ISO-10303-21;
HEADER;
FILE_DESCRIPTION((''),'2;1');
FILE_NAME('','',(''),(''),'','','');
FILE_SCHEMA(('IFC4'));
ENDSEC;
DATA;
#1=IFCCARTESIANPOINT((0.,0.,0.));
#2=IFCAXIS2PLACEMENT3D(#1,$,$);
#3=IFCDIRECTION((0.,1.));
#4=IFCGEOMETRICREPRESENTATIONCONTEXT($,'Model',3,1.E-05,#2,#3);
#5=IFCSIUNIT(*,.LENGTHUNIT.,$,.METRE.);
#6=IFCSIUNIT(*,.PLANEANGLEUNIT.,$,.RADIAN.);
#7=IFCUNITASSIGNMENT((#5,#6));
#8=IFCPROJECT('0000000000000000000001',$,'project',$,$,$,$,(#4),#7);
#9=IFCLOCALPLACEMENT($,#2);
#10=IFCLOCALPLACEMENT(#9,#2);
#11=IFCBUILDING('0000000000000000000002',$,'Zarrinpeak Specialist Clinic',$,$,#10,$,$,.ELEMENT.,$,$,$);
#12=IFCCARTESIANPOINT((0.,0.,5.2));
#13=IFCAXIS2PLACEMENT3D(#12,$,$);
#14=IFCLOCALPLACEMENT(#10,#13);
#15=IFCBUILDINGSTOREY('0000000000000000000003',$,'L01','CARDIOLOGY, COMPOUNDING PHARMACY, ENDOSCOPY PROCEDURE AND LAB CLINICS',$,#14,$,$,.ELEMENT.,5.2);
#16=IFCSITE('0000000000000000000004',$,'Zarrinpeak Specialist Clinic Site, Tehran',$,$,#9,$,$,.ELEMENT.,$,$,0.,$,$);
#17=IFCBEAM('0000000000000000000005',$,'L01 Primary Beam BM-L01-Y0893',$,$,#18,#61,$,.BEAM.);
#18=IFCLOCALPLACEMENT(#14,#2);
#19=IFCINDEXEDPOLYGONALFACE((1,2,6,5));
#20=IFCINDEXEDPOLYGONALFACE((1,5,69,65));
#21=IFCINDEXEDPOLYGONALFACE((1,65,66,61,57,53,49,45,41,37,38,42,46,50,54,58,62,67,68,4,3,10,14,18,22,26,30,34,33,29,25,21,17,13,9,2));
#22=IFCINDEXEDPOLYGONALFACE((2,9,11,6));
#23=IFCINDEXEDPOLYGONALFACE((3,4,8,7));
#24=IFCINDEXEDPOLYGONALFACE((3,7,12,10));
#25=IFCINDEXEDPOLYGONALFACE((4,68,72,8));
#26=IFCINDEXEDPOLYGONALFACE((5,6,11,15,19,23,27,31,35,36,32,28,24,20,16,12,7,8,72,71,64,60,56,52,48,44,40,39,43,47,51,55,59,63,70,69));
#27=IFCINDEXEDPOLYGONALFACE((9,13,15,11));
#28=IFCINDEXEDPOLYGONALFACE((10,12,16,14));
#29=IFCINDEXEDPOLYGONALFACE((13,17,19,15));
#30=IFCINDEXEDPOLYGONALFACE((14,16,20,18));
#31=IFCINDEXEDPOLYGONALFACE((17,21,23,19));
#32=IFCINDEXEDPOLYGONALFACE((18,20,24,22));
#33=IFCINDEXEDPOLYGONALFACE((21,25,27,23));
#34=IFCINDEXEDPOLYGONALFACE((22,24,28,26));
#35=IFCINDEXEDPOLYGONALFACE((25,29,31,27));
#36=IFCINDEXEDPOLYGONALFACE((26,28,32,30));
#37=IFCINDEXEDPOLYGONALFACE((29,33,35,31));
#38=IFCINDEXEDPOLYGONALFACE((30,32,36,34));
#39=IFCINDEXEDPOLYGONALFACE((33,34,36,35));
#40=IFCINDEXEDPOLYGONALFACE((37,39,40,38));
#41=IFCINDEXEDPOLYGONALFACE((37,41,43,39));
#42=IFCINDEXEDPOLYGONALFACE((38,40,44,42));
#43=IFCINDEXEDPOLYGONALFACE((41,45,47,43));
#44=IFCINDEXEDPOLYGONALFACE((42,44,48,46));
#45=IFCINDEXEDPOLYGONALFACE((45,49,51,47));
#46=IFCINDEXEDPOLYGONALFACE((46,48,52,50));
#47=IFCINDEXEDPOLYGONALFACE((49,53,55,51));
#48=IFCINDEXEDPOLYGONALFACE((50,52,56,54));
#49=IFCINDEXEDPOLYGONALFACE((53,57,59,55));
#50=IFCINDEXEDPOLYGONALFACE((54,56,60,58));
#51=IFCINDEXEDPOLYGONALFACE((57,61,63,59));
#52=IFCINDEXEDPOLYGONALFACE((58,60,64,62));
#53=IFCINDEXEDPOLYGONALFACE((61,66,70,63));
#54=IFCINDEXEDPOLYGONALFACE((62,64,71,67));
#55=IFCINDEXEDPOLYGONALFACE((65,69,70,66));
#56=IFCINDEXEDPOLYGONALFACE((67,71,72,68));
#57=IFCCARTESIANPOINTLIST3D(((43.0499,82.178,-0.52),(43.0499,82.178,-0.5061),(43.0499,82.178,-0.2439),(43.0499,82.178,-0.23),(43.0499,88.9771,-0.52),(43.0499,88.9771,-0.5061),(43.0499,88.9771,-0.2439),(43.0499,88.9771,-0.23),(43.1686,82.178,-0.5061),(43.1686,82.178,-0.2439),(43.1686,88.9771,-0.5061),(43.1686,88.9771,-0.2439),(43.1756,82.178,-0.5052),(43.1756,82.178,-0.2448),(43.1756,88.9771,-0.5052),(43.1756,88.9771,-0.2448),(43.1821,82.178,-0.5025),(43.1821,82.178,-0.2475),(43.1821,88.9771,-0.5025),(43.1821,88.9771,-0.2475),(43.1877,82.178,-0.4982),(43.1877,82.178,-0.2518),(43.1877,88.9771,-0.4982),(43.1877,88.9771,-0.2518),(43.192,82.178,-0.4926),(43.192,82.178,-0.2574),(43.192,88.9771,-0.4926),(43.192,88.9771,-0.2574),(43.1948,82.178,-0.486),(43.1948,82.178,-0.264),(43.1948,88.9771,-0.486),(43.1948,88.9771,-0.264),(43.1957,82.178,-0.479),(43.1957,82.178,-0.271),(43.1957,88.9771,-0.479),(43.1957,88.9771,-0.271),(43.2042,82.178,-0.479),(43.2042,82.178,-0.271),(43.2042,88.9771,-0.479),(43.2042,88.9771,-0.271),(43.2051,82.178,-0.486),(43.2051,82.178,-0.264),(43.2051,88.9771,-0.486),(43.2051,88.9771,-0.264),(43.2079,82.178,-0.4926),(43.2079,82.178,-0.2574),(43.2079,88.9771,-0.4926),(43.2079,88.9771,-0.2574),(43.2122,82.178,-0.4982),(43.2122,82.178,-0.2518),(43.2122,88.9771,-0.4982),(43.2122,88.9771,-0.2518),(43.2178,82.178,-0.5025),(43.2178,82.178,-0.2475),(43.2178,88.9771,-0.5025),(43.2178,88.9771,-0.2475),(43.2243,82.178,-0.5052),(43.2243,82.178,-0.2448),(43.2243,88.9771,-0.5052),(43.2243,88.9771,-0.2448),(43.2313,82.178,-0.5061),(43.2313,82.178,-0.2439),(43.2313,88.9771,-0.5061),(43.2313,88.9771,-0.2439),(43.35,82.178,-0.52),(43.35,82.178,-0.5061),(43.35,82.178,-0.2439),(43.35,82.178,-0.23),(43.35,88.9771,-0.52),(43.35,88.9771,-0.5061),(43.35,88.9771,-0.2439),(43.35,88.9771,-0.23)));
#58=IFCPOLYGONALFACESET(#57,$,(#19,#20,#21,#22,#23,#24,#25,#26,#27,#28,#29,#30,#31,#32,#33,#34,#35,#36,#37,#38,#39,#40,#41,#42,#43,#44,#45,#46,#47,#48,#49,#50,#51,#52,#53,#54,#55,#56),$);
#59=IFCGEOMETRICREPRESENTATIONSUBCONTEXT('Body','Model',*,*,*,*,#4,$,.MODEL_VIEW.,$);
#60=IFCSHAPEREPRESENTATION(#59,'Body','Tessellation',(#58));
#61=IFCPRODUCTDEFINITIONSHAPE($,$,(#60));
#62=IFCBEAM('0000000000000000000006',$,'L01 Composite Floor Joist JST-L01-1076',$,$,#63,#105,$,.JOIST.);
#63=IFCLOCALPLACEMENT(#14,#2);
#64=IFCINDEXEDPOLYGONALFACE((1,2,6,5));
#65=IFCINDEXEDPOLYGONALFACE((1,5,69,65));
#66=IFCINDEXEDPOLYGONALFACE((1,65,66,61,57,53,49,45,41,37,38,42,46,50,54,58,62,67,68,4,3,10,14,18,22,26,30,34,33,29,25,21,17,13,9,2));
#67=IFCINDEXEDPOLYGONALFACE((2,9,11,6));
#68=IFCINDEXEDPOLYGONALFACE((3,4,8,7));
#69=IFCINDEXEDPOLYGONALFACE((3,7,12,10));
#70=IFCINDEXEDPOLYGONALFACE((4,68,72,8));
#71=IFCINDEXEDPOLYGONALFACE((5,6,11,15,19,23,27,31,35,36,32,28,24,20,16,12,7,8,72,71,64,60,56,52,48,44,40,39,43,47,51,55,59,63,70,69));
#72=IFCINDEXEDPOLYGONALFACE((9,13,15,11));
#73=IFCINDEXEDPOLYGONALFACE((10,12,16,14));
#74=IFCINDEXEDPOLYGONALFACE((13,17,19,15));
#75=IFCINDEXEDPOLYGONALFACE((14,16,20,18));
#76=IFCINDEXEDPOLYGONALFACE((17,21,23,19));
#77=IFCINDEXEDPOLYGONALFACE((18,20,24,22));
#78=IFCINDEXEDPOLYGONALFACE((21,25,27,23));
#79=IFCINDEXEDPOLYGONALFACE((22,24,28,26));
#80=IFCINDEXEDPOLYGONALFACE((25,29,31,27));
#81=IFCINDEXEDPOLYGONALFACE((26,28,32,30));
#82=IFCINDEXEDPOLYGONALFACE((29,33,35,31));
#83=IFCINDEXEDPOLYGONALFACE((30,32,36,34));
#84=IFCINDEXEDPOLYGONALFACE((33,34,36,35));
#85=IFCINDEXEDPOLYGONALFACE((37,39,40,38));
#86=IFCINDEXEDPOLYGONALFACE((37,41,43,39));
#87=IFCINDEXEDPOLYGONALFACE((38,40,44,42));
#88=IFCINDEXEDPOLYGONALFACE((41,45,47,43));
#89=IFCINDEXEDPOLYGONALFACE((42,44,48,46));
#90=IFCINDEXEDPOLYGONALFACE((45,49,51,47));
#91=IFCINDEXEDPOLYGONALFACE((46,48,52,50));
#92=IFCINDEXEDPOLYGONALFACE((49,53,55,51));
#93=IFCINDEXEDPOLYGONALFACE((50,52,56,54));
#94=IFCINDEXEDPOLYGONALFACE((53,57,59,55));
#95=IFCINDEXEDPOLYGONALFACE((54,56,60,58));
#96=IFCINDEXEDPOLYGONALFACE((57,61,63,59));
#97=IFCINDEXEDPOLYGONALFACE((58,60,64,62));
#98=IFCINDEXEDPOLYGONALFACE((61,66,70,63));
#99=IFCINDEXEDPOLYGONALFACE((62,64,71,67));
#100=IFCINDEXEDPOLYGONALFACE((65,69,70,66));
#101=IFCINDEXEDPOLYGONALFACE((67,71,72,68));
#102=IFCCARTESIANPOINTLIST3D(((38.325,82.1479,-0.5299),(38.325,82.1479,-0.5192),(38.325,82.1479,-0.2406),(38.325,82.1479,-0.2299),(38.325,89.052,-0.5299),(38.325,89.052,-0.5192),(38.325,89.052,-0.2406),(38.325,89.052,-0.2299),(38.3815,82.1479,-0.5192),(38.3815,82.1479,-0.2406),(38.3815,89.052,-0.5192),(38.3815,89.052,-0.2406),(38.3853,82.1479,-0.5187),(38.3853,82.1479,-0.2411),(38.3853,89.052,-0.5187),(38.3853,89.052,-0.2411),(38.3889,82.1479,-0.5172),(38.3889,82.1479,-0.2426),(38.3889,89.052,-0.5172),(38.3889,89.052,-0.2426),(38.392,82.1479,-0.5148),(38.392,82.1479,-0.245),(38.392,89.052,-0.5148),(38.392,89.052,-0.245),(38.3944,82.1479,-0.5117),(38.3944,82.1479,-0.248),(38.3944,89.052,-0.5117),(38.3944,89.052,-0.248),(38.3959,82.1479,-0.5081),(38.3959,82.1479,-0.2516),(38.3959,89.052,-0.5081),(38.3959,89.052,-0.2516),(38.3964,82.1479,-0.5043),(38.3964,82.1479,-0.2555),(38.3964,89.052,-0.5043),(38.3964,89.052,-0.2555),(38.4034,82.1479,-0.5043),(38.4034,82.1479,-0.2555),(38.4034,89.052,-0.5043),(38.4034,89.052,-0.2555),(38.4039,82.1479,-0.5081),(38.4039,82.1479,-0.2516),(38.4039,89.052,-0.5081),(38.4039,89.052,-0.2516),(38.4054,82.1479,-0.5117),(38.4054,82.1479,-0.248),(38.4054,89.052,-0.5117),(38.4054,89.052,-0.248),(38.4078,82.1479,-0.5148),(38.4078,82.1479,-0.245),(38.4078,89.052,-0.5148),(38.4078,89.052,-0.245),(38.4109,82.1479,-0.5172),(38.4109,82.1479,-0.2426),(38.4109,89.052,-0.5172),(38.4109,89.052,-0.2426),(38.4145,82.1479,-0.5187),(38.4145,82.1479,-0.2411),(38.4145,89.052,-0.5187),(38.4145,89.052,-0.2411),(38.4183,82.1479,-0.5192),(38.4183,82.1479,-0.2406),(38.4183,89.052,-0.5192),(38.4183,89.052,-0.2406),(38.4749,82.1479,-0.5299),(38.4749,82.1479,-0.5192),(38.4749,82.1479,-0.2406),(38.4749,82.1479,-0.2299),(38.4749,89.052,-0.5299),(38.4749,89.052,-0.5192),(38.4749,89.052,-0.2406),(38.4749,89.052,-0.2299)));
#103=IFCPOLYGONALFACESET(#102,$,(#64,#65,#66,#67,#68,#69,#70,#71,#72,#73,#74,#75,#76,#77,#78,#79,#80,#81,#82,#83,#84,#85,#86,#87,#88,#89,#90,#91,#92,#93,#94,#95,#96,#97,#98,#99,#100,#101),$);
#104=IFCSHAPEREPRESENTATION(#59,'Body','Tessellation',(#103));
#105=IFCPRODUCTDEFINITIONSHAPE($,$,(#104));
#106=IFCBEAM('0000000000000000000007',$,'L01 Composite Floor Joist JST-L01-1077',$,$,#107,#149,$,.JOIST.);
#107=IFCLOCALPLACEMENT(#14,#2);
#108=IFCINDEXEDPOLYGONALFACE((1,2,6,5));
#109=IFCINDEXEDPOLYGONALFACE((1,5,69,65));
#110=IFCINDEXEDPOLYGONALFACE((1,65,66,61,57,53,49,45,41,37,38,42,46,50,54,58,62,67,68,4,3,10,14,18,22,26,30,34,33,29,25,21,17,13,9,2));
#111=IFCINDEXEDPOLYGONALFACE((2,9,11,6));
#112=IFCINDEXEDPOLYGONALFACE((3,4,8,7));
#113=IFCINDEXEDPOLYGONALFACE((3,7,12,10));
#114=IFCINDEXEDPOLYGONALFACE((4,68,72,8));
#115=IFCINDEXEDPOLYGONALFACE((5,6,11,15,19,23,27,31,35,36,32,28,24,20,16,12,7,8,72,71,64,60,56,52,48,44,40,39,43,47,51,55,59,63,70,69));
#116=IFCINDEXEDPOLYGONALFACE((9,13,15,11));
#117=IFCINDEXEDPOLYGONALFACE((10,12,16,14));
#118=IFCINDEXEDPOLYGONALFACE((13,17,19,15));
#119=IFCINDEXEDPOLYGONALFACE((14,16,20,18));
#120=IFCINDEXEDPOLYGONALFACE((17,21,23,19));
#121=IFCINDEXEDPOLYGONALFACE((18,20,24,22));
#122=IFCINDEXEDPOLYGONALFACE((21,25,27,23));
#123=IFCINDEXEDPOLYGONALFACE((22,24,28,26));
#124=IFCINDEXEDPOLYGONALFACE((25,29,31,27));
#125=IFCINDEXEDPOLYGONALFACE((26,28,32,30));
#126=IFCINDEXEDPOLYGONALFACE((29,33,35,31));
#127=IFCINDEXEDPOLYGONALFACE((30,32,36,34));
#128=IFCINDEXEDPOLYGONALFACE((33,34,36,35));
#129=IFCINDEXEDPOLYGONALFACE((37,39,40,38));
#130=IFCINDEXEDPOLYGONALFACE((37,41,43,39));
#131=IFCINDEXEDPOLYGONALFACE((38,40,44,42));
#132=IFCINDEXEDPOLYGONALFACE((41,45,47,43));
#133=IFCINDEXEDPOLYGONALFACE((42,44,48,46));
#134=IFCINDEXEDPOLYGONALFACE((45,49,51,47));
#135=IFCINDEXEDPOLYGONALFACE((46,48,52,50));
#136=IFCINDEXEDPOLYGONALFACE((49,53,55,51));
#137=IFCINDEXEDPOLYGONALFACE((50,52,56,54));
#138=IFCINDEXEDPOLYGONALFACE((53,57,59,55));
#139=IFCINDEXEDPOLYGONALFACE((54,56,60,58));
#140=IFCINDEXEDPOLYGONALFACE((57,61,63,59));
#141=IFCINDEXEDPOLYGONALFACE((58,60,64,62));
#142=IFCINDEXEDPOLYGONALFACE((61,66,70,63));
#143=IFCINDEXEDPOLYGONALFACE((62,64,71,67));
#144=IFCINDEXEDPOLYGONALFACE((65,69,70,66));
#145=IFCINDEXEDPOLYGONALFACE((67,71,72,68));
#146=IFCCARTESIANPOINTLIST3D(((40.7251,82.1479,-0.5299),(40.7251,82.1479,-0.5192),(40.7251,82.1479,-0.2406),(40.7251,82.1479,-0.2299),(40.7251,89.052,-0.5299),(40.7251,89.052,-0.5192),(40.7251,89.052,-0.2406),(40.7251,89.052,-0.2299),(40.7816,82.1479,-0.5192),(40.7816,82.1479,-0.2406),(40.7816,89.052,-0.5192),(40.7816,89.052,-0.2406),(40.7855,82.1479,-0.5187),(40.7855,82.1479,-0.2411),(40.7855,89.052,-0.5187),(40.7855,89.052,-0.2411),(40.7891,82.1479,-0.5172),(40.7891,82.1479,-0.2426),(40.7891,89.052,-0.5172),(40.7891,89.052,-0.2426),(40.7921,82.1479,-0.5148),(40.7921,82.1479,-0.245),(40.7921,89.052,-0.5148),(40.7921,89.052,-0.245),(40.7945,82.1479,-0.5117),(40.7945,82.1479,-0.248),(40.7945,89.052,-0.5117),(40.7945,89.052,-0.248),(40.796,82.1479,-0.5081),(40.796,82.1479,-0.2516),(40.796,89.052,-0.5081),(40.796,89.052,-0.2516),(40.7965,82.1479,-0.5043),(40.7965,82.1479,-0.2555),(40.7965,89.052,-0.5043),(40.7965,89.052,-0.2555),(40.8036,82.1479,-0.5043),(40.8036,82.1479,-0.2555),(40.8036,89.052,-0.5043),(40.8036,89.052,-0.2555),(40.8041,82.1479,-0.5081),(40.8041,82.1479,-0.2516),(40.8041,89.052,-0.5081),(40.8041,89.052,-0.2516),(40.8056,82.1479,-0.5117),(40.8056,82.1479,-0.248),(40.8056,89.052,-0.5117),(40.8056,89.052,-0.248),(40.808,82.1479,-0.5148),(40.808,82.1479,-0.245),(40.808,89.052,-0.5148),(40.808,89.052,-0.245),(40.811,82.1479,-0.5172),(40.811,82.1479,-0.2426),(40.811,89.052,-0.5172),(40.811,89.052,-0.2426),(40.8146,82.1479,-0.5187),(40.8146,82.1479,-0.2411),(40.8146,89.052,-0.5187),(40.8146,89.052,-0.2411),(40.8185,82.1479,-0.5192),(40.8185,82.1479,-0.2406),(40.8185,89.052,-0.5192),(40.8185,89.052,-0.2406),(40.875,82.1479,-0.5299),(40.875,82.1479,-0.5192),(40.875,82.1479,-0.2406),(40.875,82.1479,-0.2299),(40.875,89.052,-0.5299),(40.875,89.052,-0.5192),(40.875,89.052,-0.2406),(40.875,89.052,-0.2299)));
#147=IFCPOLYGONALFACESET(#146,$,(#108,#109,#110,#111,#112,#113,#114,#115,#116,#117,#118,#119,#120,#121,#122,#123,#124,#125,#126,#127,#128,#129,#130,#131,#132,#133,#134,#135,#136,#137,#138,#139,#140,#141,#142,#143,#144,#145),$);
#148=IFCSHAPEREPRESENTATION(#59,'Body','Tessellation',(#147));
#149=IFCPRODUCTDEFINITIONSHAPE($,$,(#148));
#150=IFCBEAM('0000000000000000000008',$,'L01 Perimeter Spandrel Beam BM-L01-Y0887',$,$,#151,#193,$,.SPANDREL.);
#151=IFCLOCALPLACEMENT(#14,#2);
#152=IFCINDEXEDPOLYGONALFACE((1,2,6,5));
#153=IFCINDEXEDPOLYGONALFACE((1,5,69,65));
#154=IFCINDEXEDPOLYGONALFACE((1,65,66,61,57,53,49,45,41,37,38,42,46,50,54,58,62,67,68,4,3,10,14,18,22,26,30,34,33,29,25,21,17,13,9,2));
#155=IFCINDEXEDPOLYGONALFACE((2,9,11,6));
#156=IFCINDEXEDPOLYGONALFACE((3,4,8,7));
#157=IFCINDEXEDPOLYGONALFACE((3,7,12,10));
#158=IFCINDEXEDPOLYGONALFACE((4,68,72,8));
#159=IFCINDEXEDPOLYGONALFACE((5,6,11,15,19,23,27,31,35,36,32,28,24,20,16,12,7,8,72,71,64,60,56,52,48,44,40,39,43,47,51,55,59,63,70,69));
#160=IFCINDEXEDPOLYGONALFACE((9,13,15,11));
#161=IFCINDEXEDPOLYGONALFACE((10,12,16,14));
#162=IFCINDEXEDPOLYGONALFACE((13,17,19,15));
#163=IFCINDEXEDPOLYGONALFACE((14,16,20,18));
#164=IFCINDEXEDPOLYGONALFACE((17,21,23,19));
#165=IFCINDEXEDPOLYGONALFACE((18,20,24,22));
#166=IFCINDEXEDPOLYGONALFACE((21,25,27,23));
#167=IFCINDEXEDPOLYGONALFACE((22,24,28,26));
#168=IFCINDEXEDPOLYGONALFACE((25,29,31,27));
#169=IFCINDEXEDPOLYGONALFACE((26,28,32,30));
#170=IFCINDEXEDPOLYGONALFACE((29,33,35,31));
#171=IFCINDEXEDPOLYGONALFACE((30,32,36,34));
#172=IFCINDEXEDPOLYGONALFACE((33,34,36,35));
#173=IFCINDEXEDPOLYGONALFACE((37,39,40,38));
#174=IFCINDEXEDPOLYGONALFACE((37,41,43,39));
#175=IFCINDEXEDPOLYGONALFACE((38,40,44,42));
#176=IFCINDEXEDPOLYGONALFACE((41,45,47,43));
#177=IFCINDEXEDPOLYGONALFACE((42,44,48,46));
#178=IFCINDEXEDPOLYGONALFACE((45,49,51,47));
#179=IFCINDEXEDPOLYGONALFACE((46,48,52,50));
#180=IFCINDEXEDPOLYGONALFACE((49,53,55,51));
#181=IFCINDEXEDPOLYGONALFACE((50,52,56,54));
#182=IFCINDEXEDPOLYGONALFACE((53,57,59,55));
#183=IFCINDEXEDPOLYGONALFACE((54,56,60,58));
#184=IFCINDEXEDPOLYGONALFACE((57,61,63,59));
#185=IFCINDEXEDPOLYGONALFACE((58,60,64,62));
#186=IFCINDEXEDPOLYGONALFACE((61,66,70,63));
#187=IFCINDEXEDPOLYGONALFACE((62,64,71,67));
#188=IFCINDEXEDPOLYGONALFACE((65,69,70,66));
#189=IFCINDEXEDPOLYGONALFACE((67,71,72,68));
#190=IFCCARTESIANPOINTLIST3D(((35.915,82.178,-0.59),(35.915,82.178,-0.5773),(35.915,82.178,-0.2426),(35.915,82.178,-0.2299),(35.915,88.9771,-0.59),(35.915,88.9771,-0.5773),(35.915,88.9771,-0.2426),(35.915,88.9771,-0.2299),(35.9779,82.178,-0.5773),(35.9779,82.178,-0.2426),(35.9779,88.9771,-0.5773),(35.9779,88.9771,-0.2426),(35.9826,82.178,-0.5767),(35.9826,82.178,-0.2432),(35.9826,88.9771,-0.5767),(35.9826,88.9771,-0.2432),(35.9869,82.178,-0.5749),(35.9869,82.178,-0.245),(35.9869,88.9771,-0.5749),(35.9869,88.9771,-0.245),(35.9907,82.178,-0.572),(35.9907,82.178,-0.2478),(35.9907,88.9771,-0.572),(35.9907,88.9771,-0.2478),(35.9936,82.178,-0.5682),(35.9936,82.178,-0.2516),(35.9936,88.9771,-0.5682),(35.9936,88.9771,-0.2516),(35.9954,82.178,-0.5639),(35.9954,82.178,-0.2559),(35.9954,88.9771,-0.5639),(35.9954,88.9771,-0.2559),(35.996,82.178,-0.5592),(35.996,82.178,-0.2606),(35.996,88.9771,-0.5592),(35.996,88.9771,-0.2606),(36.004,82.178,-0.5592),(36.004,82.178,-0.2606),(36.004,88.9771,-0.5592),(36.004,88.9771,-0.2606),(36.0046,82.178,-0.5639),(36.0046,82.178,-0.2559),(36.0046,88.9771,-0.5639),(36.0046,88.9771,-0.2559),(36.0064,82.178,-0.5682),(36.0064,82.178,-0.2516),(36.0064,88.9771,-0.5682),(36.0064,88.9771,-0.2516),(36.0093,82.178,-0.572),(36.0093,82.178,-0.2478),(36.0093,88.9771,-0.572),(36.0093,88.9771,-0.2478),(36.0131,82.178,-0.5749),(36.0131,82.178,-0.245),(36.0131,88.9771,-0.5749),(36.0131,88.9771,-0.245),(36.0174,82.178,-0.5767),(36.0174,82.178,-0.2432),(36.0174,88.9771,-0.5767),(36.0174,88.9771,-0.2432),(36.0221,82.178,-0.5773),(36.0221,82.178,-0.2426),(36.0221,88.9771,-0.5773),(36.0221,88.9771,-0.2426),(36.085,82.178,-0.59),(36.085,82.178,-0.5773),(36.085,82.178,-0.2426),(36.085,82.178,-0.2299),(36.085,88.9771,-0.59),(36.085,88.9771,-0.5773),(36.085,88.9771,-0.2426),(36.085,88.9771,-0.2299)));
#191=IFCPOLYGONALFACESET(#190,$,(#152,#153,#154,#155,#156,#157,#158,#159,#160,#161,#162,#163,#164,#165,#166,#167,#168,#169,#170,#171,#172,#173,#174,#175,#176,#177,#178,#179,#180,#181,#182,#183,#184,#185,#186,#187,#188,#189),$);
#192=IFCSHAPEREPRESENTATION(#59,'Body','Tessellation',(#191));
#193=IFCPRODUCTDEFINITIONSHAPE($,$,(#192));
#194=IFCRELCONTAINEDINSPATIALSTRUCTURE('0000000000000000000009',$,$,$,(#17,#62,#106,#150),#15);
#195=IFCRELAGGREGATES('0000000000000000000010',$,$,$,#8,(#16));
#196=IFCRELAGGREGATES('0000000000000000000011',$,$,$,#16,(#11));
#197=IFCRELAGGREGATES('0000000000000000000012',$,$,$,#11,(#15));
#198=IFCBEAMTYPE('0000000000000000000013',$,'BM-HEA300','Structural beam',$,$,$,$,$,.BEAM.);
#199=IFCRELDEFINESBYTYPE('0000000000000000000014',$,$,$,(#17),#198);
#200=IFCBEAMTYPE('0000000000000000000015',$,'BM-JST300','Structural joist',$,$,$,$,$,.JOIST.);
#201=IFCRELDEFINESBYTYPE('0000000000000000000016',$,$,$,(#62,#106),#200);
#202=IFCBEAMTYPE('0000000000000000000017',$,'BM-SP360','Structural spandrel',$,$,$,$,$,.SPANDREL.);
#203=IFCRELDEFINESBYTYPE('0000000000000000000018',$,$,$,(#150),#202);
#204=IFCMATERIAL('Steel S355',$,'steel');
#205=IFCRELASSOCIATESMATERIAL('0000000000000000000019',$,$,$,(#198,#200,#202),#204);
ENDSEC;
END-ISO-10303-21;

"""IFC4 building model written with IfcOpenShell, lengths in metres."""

from ifc_helpers import new_model, si_unit, direction, frame, origin, origin_2d, place, context, subcontext, project, spatial, i_section, extrude, material, material_profile, profile_set, type_object, element, save


model = new_model("IFC4")

# Units and contexts
model_context = context("Model", 3, precision=1e-05, world=origin(), true_north=direction((0.0, 1.0)))
body_context = subcontext(model_context, "Body", "Model", "MODEL_VIEW")
ifc_project = project(units=[si_unit("LENGTHUNIT", "METRE"), si_unit("PLANEANGLEUNIT", "RADIAN")], contexts=[model_context])

# Site, building, storey
site_placement = place(None, origin())
site = spatial("IfcSite", under=ifc_project, at=site_placement, Name="Zarrinpeak Specialist Clinic Site, Tehran", CompositionType="ELEMENT", RefElevation=0.0)
building_placement = place(site_placement, origin())
building = spatial("IfcBuilding", under=site, at=building_placement, Name="Zarrinpeak Specialist Clinic", CompositionType="ELEMENT")
storey_placement = place(building_placement, frame((0.0, 0.0, 5.2)))
storey = spatial("IfcBuildingStorey", under=building, at=storey_placement, Name="L01", Description="CARDIOLOGY, COMPOUNDING PHARMACY, ENDOSCOPY PROCEDURE AND LAB CLINICS", CompositionType="ELEMENT", Elevation=5.2)

# Shared definitions
ifc_material_1 = material(Name="Steel S355", Category="steel")

# Beams
ifc_material_profile_1 = material_profile(ifc_material_1, i_section(OverallWidth=0.3, OverallDepth=0.29, WebThickness=0.0085, FlangeThickness=0.0139, FilletRadius=0.0271, at=origin_2d()), Name="HEA 300")
ifc_profile_set_1 = profile_set([ifc_material_profile_1], Name="Steel S355")
beam_type_1 = type_object("IfcBeamType", Name="BM-HEA300", Description="Structural beam", PredefinedType="BEAM", material=ifc_profile_set_1)
beam_1_placement = place(storey_placement, frame((43.2, 82.178, -0.375), z_axis=(0.0, 1.0, 0.0), x_axis=(-1.0, 0.0, 0.0)))
element("IfcBeam", 1, at=beam_1_placement, inside=storey, type_object=beam_type_1, Name="L01 Primary Beam BM-L01-Y0893", PredefinedType="BEAM", context=body_context, shape_type="SweptSolid", body=[
    extrude(i_section(OverallWidth=0.3, OverallDepth=0.29, WebThickness=0.0085, FlangeThickness=0.0139, FilletRadius=0.0271, at=origin_2d()), origin(), (0.0, 0.0, 1.0), 6.7991),
])
ifc_material_profile_2 = material_profile(ifc_material_1, i_section(OverallWidth=0.1499, OverallDepth=0.3, WebThickness=0.0071, FlangeThickness=0.0107, FilletRadius=0.0149, at=origin_2d()), Name="IPE 300")
ifc_profile_set_2 = profile_set([ifc_material_profile_2], Name="Steel S355")
beam_type_2 = type_object("IfcBeamType", Name="BM-JST300", Description="Structural joist", PredefinedType="JOIST", material=ifc_profile_set_2)
for number, where, z_axis, x_axis, name in (
    (2, (38.3999, 82.1479, -0.3799), (0.0, 1.0, 0.0), (-1.0, 0.0, 0.0), "L01 Composite Floor Joist JST-L01-1076"),
    (3, (40.8, 82.1479, -0.3799), (0.0, 1.0, 0.0), (-1.0, 0.0, 0.0), "L01 Composite Floor Joist JST-L01-1077"),
):
    element("IfcBeam", number, at=place(storey_placement, frame(where, z_axis=z_axis, x_axis=x_axis)), inside=storey, type_object=beam_type_2, Name=name, PredefinedType="JOIST", context=body_context, shape_type="SweptSolid", body=[
        extrude(i_section(OverallWidth=0.1499, OverallDepth=0.3, WebThickness=0.0071, FlangeThickness=0.0107, FilletRadius=0.0149, at=origin_2d()), origin(), (0.0, 0.0, 1.0), 6.9041),
    ])
ifc_material_profile_3 = material_profile(ifc_material_1, i_section(OverallWidth=0.1699, OverallDepth=0.3601, WebThickness=0.0081, FlangeThickness=0.0127, FilletRadius=0.0181, at=origin_2d()), Name="IPE 360")
ifc_profile_set_3 = profile_set([ifc_material_profile_3], Name="Steel S355")
beam_type_3 = type_object("IfcBeamType", Name="BM-SP360", Description="Structural spandrel", PredefinedType="SPANDREL", material=ifc_profile_set_3)
beam_2_placement = place(storey_placement, frame((36.0, 82.178, -0.4099), z_axis=(0.0, 1.0, 0.0), x_axis=(-1.0, 0.0, 0.0)))
element("IfcBeam", 4, at=beam_2_placement, inside=storey, type_object=beam_type_3, Name="L01 Perimeter Spandrel Beam BM-L01-Y0887", PredefinedType="SPANDREL", context=body_context, shape_type="SweptSolid", body=[
    extrude(i_section(OverallWidth=0.1699, OverallDepth=0.3601, WebThickness=0.0081, FlangeThickness=0.0127, FilletRadius=0.0181, at=origin_2d()), origin(), (0.0, 0.0, 1.0), 6.7991),
])

save(model, "model.ifc")
